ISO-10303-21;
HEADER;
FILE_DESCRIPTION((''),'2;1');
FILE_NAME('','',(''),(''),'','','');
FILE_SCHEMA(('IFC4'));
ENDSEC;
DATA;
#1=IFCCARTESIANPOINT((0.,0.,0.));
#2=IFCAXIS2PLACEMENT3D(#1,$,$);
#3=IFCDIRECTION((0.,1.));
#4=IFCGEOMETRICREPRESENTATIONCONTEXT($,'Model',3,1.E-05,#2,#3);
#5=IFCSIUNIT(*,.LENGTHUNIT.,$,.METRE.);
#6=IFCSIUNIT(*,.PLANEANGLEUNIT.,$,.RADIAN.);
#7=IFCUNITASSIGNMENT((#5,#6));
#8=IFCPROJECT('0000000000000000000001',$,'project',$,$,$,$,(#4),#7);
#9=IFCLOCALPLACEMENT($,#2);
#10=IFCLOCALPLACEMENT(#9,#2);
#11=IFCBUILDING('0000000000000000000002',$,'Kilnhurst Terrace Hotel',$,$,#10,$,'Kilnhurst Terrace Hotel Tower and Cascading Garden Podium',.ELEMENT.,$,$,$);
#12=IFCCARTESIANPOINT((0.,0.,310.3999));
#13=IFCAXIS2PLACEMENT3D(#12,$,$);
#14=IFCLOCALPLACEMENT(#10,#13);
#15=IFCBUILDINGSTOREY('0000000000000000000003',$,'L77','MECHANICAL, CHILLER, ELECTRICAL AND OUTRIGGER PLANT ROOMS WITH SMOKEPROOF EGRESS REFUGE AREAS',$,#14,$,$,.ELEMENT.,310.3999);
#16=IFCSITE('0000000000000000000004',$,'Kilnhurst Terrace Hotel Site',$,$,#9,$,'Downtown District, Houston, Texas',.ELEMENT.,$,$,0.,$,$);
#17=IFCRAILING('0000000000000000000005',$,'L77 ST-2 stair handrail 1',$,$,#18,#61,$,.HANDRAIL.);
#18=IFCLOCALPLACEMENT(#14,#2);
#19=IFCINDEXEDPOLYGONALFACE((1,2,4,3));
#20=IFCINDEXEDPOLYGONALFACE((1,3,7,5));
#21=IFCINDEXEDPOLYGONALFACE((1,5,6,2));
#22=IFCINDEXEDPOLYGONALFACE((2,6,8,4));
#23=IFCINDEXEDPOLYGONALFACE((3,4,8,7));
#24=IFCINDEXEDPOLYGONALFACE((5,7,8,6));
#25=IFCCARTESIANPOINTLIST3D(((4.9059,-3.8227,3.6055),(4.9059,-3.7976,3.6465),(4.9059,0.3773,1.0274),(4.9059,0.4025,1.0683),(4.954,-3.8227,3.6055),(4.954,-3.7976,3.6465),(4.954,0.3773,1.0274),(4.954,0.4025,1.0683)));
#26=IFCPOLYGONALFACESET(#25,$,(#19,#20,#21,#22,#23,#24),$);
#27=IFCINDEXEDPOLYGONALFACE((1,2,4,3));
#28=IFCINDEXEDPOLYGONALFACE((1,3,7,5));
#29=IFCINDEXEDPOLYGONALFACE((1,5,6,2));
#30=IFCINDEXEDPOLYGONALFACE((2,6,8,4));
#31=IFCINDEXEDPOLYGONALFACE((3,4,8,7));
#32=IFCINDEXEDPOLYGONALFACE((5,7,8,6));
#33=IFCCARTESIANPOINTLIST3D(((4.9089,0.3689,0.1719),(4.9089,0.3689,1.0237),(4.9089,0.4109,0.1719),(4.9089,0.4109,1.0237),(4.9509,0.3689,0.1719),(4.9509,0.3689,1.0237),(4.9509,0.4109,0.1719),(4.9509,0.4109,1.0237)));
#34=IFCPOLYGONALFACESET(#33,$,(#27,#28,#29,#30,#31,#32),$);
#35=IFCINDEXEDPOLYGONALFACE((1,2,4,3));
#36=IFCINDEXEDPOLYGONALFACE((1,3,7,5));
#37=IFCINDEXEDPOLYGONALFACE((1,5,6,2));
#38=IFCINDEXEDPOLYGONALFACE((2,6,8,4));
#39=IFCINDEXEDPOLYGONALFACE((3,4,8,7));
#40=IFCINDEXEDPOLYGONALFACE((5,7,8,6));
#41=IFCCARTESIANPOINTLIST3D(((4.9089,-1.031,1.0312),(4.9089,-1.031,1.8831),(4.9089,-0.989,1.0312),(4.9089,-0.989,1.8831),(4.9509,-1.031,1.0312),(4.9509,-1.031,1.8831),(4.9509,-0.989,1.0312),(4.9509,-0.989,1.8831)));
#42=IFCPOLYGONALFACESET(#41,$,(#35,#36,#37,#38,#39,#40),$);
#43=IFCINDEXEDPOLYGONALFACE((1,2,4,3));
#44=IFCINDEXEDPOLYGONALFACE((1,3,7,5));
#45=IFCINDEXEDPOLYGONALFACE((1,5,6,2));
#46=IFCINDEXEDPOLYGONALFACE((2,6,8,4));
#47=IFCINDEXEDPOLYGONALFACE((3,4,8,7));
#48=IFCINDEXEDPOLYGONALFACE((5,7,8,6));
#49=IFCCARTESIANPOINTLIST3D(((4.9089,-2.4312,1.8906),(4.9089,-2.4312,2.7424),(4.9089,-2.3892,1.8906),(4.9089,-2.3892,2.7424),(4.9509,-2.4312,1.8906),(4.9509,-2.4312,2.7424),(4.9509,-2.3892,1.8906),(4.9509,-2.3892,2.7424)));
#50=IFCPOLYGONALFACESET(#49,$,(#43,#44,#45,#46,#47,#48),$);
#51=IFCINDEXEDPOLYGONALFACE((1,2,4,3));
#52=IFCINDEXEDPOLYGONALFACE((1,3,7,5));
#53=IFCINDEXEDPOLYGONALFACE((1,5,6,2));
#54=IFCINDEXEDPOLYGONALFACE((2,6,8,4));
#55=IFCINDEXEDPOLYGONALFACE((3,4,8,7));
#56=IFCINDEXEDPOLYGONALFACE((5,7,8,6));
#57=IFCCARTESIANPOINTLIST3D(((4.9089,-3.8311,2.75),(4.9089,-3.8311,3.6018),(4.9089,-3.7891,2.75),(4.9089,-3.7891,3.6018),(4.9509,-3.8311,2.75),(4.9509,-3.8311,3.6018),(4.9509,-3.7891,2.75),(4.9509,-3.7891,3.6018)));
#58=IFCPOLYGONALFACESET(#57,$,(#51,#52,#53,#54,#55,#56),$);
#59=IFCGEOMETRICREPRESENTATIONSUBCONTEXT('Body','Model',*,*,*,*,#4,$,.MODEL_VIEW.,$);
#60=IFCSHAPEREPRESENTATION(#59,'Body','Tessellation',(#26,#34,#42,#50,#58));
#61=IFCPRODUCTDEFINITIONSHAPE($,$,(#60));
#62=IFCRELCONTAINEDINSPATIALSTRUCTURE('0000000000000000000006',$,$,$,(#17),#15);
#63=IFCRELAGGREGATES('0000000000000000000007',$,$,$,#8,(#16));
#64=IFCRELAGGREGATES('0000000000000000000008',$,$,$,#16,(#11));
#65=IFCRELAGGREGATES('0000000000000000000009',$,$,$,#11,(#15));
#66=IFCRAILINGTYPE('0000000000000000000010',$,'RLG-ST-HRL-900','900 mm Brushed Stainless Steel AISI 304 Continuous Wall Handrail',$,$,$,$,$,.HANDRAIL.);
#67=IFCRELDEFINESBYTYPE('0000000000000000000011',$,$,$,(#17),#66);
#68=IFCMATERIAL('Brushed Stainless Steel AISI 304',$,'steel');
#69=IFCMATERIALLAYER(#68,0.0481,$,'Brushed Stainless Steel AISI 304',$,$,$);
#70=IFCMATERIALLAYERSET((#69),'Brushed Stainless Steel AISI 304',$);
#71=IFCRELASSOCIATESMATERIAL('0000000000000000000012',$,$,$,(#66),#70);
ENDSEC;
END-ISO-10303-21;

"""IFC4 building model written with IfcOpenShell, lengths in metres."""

from ifc_helpers import new_model, si_unit, direction, frame, origin, origin_2d, place, context, subcontext, project, spatial, rectangle, extrude, material, layer, layer_set, type_object, element, save


model = new_model("IFC4")

# Units and contexts
model_context = context("Model", 3, precision=1e-05, world=origin(), true_north=direction((0.0, 1.0)))
body_context = subcontext(model_context, "Body", "Model", "MODEL_VIEW")
ifc_project = project(units=[si_unit("LENGTHUNIT", "METRE"), si_unit("PLANEANGLEUNIT", "RADIAN")], contexts=[model_context])

# Site, building, storey
site_placement = place(None, origin())
site = spatial("IfcSite", under=ifc_project, at=site_placement, Name="Kilnhurst Terrace Hotel Site", LongName="Downtown District, Houston, Texas", CompositionType="ELEMENT", RefElevation=0.0)
building_placement = place(site_placement, origin())
building = spatial("IfcBuilding", under=site, at=building_placement, Name="Kilnhurst Terrace Hotel", LongName="Kilnhurst Terrace Hotel Tower and Cascading Garden Podium", CompositionType="ELEMENT")
storey_placement = place(building_placement, frame((0.0, 0.0, 310.3999)))
storey = spatial("IfcBuildingStorey", under=building, at=storey_placement, Name="L77", Description="MECHANICAL, CHILLER, ELECTRICAL AND OUTRIGGER PLANT ROOMS WITH SMOKEPROOF EGRESS REFUGE AREAS", CompositionType="ELEMENT", Elevation=310.3999)

# Railing
ifc_material_1 = material(Name="Brushed Stainless Steel AISI 304", Category="steel")
ifc_layer_1 = layer(ifc_material_1, 0.0481, Name="Brushed Stainless Steel AISI 304")
ifc_layer_set_1 = layer_set([ifc_layer_1], Name="Brushed Stainless Steel AISI 304")
railing_type = type_object("IfcRailingType", Name="RLG-ST-HRL-900", Description="900 mm Brushed Stainless Steel AISI 304 Continuous Wall Handrail", PredefinedType="HANDRAIL", material=ifc_layer_set_1)
railing_placement = place(storey_placement, frame((4.9299, 0.3899, 0.1719)))
element("IfcRailing", 1, at=railing_placement, inside=storey, type_object=railing_type, Name="L77 ST-2 stair handrail 1", PredefinedType="HANDRAIL", context=body_context, shape_type="SweptSolid", body=[
    extrude(rectangle(XDim=0.0481, YDim=0.0481, at=origin_2d()), frame((0.0, 0.0, 0.876), z_axis=(0.0, -0.852243, 0.523146), x_axis=(1.0, 0.0, 0.0)), (0.0, 0.0, 1.0), 4.9282),
    extrude(rectangle(XDim=0.042, YDim=0.042, at=origin_2d()), origin(), (0.0, 0.0, 1.0), 0.8518),
    extrude(rectangle(XDim=0.042, YDim=0.042, at=origin_2d()), frame((0.0, -1.3999, 0.8594)), (0.0, 0.0, 1.0), 0.8518),
    extrude(rectangle(XDim=0.042, YDim=0.042, at=origin_2d()), frame((0.0, -2.8, 1.7188)), (0.0, 0.0, 1.0), 0.8518),
    extrude(rectangle(XDim=0.042, YDim=0.042, at=origin_2d()), frame((0.0, -4.2, 2.5781)), (0.0, 0.0, 1.0), 0.8518),
])

save(model, "model.ifc")
